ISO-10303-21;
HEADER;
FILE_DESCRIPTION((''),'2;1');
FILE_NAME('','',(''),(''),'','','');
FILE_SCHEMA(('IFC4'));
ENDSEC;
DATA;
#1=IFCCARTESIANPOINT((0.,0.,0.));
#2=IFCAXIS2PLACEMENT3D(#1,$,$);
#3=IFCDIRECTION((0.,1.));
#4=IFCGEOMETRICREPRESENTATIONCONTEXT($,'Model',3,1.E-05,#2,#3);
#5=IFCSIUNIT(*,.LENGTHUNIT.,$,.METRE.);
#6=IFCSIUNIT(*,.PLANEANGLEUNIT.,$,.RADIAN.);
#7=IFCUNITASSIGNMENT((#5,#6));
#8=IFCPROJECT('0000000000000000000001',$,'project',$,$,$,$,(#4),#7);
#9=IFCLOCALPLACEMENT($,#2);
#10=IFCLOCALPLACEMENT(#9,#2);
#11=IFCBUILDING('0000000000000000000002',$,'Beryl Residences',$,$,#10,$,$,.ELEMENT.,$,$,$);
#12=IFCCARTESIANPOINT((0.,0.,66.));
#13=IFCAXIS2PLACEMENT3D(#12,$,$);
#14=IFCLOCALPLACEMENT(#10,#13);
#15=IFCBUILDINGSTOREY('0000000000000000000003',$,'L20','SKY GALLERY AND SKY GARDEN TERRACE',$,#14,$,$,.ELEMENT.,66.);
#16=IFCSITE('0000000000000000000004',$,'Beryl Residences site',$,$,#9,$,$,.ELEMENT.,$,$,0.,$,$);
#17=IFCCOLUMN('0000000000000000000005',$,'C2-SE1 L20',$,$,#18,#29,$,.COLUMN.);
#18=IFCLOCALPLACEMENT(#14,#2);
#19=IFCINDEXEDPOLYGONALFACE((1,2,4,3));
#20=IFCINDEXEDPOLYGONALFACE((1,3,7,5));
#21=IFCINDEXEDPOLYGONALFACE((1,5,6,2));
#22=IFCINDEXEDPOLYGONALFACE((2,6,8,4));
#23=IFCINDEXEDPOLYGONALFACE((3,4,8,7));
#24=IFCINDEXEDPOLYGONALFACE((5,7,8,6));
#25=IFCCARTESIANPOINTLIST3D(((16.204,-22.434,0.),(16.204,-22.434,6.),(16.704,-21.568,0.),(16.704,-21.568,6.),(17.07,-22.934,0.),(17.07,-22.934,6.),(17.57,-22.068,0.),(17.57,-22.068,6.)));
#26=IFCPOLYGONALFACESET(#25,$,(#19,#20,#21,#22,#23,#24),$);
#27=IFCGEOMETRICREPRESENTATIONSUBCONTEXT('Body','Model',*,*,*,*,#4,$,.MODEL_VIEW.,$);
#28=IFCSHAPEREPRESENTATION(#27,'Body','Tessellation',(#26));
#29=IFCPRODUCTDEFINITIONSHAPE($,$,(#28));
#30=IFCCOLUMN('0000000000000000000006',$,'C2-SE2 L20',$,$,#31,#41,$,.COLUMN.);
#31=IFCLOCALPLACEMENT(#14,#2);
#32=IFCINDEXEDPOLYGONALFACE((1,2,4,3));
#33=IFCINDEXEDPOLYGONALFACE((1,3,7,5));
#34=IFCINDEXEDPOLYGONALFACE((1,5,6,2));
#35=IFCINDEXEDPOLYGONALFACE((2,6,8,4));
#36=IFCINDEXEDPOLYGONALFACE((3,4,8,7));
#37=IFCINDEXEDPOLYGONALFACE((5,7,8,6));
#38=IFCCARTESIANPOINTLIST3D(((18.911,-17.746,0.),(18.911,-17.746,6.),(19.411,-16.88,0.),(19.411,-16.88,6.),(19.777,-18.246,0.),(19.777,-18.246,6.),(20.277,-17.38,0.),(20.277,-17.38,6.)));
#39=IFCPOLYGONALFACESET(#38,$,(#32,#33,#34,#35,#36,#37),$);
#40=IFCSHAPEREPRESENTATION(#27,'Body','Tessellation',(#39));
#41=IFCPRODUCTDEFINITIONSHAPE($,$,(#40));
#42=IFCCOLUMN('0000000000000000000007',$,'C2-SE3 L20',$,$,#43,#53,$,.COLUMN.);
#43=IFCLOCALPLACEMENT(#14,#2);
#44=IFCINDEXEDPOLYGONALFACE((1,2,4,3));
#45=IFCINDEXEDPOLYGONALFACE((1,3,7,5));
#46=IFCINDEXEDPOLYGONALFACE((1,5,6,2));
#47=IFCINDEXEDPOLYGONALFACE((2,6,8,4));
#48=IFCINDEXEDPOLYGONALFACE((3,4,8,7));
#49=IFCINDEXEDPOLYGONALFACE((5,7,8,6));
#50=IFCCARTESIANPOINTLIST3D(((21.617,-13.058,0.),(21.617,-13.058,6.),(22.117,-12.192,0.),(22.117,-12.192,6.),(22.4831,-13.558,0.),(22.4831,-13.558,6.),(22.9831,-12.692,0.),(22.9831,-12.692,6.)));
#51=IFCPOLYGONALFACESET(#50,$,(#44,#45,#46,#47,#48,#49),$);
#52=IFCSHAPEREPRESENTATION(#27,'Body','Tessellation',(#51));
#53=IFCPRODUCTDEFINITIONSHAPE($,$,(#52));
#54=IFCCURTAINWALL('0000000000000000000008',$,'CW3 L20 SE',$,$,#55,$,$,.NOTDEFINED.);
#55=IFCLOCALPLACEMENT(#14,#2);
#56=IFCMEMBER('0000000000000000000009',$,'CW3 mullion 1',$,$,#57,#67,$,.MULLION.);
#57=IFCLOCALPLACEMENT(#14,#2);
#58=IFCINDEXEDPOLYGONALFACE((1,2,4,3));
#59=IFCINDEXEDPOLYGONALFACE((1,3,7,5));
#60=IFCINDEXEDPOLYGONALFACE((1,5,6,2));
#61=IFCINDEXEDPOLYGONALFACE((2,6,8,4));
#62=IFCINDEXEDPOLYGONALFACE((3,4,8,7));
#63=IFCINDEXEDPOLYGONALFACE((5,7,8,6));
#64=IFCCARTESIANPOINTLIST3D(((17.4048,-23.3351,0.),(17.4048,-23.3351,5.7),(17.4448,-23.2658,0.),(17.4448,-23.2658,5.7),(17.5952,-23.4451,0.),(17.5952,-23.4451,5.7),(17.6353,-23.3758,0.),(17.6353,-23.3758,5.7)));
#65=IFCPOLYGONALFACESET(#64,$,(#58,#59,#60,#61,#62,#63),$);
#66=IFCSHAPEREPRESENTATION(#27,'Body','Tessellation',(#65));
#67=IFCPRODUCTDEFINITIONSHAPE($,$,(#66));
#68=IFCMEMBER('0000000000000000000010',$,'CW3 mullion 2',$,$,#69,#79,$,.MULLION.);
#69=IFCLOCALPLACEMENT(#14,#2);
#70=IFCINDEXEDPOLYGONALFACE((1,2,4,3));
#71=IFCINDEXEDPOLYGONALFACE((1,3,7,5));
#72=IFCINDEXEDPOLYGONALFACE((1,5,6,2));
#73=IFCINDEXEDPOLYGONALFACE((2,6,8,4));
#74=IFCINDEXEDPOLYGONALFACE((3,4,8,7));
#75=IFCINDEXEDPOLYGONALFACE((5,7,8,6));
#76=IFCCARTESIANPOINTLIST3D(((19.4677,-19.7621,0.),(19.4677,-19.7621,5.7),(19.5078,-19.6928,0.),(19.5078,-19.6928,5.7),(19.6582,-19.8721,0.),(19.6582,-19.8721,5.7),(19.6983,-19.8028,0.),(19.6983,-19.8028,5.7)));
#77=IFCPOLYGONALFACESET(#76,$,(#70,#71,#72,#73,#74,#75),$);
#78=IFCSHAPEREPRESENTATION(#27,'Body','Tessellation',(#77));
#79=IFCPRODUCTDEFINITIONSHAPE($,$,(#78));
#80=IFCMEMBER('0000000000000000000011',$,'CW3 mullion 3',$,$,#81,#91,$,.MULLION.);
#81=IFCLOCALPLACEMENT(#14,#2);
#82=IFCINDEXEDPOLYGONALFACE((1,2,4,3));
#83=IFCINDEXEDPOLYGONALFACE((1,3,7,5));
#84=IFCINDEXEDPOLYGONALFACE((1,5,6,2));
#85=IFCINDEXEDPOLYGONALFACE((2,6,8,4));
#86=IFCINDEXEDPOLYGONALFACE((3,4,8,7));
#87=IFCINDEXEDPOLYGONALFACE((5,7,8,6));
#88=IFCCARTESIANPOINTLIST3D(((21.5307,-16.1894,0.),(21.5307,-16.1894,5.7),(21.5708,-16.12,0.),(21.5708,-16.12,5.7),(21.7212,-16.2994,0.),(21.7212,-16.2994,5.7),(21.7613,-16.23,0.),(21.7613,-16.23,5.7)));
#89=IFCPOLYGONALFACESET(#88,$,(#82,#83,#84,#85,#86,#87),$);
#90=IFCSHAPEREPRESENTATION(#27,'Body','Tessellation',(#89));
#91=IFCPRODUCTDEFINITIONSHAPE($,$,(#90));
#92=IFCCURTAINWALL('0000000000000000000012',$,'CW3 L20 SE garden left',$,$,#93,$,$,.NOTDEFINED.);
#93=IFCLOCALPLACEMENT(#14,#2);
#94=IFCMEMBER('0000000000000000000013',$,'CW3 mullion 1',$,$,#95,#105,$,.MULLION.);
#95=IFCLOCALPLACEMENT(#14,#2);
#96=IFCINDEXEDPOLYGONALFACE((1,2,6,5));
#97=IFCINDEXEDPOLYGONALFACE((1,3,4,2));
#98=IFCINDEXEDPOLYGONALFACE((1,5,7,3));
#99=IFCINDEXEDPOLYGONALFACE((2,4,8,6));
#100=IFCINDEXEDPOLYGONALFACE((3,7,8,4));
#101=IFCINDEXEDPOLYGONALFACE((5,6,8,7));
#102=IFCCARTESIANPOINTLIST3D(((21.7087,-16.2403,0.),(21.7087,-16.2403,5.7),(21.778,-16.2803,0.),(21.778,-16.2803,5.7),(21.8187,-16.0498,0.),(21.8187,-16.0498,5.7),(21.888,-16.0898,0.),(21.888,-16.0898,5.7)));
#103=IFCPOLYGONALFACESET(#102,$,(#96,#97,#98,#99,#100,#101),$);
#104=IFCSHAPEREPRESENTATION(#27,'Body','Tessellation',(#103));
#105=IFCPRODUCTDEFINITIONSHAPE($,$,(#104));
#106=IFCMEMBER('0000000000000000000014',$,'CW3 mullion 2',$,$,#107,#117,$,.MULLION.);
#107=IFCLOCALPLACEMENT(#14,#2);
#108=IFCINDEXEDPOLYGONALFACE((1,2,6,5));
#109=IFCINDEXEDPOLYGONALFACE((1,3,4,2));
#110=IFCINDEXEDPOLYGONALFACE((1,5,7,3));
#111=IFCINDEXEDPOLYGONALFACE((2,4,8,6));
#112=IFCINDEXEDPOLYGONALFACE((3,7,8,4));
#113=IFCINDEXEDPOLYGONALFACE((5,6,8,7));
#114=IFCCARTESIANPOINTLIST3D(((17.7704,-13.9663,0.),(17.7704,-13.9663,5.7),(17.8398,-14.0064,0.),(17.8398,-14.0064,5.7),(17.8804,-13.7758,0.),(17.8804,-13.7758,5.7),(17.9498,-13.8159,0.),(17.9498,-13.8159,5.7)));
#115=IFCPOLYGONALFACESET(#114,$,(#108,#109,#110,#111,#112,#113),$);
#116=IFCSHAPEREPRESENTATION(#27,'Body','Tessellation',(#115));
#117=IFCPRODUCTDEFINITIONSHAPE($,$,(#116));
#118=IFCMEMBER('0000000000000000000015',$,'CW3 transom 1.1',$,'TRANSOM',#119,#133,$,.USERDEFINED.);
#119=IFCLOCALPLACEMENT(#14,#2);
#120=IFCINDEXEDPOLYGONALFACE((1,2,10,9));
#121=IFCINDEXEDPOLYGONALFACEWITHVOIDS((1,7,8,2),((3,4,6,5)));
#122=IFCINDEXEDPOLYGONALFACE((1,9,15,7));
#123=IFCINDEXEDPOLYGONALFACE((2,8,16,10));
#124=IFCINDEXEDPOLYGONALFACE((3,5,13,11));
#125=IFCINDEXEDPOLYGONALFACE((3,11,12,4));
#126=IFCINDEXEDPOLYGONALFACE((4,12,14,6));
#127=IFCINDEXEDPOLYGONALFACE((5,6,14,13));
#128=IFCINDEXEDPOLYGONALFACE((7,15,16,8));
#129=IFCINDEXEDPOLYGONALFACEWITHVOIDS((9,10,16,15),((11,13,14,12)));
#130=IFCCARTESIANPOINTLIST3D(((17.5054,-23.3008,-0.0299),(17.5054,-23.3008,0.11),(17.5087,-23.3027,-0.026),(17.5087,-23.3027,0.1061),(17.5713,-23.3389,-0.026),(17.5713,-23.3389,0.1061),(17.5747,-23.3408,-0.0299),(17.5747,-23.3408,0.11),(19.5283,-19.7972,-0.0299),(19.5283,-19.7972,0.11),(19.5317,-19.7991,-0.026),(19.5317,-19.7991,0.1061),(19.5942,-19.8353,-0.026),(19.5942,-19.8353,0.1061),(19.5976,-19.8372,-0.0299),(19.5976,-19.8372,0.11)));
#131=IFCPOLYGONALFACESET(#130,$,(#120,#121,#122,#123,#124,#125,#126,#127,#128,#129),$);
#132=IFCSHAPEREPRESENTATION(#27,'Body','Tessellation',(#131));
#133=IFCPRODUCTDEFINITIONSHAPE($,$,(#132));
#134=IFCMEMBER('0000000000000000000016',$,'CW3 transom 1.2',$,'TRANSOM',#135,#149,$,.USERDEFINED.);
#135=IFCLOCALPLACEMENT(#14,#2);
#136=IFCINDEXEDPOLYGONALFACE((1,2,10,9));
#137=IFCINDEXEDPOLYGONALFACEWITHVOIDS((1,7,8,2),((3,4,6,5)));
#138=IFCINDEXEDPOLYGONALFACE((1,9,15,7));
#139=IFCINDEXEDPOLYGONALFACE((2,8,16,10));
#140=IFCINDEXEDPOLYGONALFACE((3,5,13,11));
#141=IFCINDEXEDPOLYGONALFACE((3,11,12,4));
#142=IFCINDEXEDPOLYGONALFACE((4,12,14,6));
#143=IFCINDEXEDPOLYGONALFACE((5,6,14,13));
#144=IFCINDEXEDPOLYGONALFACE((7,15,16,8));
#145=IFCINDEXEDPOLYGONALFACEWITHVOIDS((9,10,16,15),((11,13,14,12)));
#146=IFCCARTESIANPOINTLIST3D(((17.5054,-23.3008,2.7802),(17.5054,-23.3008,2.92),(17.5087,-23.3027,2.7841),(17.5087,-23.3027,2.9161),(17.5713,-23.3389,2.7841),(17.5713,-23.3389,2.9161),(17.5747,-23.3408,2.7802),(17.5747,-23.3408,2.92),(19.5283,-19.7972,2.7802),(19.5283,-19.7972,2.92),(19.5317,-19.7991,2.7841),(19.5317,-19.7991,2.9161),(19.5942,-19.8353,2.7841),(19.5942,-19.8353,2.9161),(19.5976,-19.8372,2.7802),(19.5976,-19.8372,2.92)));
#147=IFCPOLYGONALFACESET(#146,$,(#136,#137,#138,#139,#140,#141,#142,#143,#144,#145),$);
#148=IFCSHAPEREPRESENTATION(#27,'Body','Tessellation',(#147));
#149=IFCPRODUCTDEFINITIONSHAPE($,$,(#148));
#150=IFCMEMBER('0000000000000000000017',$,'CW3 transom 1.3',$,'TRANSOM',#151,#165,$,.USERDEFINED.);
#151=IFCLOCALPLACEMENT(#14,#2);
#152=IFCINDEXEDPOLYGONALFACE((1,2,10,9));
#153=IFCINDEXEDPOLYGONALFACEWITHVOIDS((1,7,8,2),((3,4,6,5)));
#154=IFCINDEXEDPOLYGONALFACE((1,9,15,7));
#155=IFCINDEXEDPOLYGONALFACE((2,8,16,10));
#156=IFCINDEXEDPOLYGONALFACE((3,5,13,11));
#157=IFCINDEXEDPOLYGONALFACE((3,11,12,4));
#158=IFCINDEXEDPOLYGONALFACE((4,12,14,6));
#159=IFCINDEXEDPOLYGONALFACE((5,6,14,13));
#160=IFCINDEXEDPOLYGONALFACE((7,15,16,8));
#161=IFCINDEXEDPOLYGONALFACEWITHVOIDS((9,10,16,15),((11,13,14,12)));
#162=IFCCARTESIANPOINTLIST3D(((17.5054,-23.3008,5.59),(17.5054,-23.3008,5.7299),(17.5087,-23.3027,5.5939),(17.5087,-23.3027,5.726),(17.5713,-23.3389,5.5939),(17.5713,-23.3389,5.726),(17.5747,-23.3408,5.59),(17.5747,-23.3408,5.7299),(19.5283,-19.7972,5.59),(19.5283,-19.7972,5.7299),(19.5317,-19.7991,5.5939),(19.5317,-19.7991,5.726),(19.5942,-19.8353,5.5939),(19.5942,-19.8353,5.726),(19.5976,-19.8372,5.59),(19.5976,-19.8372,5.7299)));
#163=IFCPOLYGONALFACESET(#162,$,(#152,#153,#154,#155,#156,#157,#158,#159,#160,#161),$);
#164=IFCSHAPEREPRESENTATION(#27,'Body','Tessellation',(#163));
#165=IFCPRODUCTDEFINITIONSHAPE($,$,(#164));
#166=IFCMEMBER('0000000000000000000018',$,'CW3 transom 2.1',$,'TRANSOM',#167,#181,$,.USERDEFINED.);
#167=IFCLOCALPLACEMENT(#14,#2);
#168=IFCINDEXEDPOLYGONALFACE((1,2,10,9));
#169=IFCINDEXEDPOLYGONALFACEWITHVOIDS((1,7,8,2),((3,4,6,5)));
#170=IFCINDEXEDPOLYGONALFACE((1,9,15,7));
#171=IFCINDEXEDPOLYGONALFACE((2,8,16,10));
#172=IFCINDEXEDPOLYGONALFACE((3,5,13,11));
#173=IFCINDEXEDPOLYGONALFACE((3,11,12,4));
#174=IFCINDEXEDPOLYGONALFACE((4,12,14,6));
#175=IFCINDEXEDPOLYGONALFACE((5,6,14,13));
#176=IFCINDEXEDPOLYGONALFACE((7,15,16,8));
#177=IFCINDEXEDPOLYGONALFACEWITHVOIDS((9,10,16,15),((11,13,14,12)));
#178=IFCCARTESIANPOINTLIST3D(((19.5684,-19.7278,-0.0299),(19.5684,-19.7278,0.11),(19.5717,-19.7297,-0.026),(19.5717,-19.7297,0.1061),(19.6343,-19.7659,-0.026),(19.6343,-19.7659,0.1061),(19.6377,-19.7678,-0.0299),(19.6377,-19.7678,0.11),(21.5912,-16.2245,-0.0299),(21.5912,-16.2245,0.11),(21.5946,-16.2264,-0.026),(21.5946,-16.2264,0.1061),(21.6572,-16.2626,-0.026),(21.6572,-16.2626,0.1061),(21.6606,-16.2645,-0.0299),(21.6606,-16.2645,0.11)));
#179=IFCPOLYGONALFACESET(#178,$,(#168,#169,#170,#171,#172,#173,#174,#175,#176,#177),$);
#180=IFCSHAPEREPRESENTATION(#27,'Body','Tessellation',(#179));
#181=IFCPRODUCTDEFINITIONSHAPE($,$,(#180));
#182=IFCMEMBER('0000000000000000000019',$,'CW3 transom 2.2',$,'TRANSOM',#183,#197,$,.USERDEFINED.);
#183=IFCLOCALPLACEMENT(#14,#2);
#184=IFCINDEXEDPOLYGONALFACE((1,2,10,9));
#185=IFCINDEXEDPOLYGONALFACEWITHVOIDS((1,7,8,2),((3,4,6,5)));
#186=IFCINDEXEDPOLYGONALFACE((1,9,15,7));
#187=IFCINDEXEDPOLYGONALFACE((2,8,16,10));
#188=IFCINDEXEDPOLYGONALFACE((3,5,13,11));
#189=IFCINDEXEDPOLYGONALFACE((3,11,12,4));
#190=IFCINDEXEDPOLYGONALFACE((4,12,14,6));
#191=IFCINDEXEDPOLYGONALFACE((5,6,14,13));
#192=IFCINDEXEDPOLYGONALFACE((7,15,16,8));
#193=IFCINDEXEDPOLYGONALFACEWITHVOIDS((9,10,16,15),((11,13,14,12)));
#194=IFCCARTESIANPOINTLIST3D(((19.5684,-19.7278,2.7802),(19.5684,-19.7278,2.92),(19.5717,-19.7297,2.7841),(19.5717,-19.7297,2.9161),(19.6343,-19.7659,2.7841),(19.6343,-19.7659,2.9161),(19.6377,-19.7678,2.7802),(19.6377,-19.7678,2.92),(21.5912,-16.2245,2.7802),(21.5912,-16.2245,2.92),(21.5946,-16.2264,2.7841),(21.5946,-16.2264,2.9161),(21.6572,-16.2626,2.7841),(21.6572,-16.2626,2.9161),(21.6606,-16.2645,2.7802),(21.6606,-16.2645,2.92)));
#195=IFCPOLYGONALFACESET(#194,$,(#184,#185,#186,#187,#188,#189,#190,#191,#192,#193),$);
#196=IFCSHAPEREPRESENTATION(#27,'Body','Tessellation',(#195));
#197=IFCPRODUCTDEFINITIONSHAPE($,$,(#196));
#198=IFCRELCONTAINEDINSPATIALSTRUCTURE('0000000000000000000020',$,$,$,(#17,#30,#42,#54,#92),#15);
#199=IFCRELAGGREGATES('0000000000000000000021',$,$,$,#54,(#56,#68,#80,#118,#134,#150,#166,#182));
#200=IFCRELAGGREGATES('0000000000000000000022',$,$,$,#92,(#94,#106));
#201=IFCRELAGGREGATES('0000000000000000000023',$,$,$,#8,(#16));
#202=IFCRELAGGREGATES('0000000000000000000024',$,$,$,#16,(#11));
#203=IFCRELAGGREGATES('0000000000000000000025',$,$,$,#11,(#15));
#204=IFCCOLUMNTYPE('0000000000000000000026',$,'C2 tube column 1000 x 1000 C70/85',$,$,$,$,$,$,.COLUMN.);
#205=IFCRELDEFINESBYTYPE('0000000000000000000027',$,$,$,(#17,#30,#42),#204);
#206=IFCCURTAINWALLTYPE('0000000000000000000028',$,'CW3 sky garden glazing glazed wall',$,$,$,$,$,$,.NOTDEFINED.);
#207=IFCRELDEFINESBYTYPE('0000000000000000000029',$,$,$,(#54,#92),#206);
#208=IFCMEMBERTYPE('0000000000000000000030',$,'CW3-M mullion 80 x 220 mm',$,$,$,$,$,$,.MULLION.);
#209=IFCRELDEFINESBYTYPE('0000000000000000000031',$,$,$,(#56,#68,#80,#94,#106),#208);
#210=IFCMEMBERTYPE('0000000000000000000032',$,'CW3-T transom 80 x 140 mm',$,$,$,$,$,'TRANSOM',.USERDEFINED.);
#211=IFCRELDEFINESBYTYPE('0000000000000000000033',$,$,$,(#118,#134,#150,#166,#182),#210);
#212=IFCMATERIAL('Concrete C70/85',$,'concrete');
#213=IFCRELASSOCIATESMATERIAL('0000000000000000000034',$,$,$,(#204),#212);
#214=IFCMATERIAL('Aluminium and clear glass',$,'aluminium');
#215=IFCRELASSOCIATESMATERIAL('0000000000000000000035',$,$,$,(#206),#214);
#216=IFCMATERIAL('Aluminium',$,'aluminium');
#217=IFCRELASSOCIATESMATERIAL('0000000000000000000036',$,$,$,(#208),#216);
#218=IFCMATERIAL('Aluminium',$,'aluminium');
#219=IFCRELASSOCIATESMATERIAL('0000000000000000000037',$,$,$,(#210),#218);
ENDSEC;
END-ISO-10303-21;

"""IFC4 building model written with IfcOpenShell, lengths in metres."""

from ifc_helpers import new_model, si_unit, direction, frame, origin, origin_2d, place, context, subcontext, project, spatial, rectangle, hollow_rectangle, extrude, material, material_profile, profile_set, type_object, element, aggregate, save


model = new_model("IFC4")

# Units and contexts
model_context = context("Model", 3, precision=1e-05, world=origin(), true_north=direction((0.0, 1.0)))
body_context = subcontext(model_context, "Body", "Model", "MODEL_VIEW")
ifc_project = project(units=[si_unit("LENGTHUNIT", "METRE"), si_unit("PLANEANGLEUNIT", "RADIAN")], contexts=[model_context])

# Site, building, storey
site_placement = place(None, origin())
site = spatial("IfcSite", under=ifc_project, at=site_placement, Name="Beryl Residences site", CompositionType="ELEMENT", RefElevation=0.0)
building_placement = place(site_placement, origin())
building = spatial("IfcBuilding", under=site, at=building_placement, Name="Beryl Residences", CompositionType="ELEMENT")
storey_placement = place(building_placement, frame((0.0, 0.0, 66.0)))
storey = spatial("IfcBuildingStorey", under=building, at=storey_placement, Name="L20", Description="SKY GALLERY AND SKY GARDEN TERRACE", CompositionType="ELEMENT", Elevation=66.0)

# Columns
ifc_material_1 = material(Name="Concrete C70/85", Category="concrete")
ifc_material_profile_1 = material_profile(ifc_material_1, rectangle(XDim=1.0, YDim=1.0, at=origin_2d()))
ifc_profile_set_1 = profile_set([ifc_material_profile_1], Name="Concrete C70/85")
column_type = type_object("IfcColumnType", Name="C2 tube column 1000 x 1000 C70/85", PredefinedType="COLUMN", material=ifc_profile_set_1)
for number, where, z_axis, x_axis, name in (
    (1, (16.887, -22.251, 0.0), (0.0, 0.0, 1.0), (0.5, 0.866025, 0.0), "C2-SE1 L20"),
    (2, (19.594, -17.563, 0.0), (0.0, 0.0, 1.0), (0.5, 0.866025, 0.0), "C2-SE2 L20"),
    (3, (22.3, -12.875, 0.0), (0.0, 0.0, 1.0), (0.5, 0.866025, 0.0), "C2-SE3 L20"),
):
    element("IfcColumn", number, at=place(storey_placement, frame(where, z_axis=z_axis, x_axis=x_axis)), inside=storey, type_object=column_type, Name=name, PredefinedType="COLUMN", context=body_context, shape_type="SweptSolid", body=[
        extrude(rectangle(XDim=1.0, YDim=1.0, at=origin_2d()), origin(), (0.0, 0.0, 1.0), 6.0),
    ])

# Curtain walls, members
ifc_material_2 = material(Name="Aluminium and clear glass", Category="aluminium")
curtain_wall_type = type_object("IfcCurtainWallType", Name="CW3 sky garden glazing glazed wall", PredefinedType="NOTDEFINED", material=ifc_material_2)
curtain_wall_1_placement = place(storey_placement, origin())
curtain_wall_1 = element("IfcCurtainWall", 4, at=curtain_wall_1_placement, inside=storey, type_object=curtain_wall_type, Name="CW3 L20 SE", PredefinedType="NOTDEFINED")
ifc_material_3 = material(Name="Aluminium", Category="aluminium")
ifc_material_profile_2 = material_profile(ifc_material_3, rectangle(XDim=0.0801, YDim=0.22, at=origin_2d()))
ifc_profile_set_2 = profile_set([ifc_material_profile_2], Name="Aluminium")
member_type_1 = type_object("IfcMemberType", Name="CW3-M mullion 80 x 220 mm", PredefinedType="MULLION", material=ifc_profile_set_2)
member_1_placement = place(storey_placement, frame((17.52, -23.3555, 0.0), z_axis=(0.0, 0.0, 1.0), x_axis=(0.500038, 0.866004, 0.0)))
member_1 = element("IfcMember", 5, at=member_1_placement, type_object=member_type_1, Name="CW3 mullion 1", PredefinedType="MULLION", context=body_context, shape_type="SweptSolid", body=[
    extrude(rectangle(XDim=0.0801, YDim=0.22, at=origin_2d()), origin(), (0.0, 0.0, 1.0), 5.7),
])
member_2_placement = place(storey_placement, frame((19.583, -19.7825, 0.0), z_axis=(0.0, 0.0, 1.0), x_axis=(0.500038, 0.866004, 0.0)))
member_2 = element("IfcMember", 6, at=member_2_placement, type_object=member_type_1, Name="CW3 mullion 2", PredefinedType="MULLION", context=body_context, shape_type="SweptSolid", body=[
    extrude(rectangle(XDim=0.0801, YDim=0.22, at=origin_2d()), origin(), (0.0, 0.0, 1.0), 5.7),
])
member_3_placement = place(storey_placement, frame((21.646, -16.2097, 0.0), z_axis=(0.0, 0.0, 1.0), x_axis=(0.500038, 0.866004, 0.0)))
member_3 = element("IfcMember", 7, at=member_3_placement, type_object=member_type_1, Name="CW3 mullion 3", PredefinedType="MULLION", context=body_context, shape_type="SweptSolid", body=[
    extrude(rectangle(XDim=0.0801, YDim=0.22, at=origin_2d()), origin(), (0.0, 0.0, 1.0), 5.7),
])
curtain_wall_2_placement = place(storey_placement, origin())
curtain_wall_2 = element("IfcCurtainWall", 8, at=curtain_wall_2_placement, inside=storey, type_object=curtain_wall_type, Name="CW3 L20 SE garden left", PredefinedType="NOTDEFINED")
member_4_placement = place(storey_placement, frame((21.7983, -16.165, 0.0), z_axis=(0.0, 0.0, 1.0), x_axis=(-0.866008, 0.500031, 0.0)))
member_4 = element("IfcMember", 9, at=member_4_placement, type_object=member_type_1, Name="CW3 mullion 1", PredefinedType="MULLION", context=body_context, shape_type="SweptSolid", body=[
    extrude(rectangle(XDim=0.0801, YDim=0.22, at=origin_2d()), origin(), (0.0, 0.0, 1.0), 5.7),
])
member_5_placement = place(storey_placement, frame((17.8601, -13.8911, 0.0), z_axis=(0.0, 0.0, 1.0), x_axis=(-0.866008, 0.500031, 0.0)))
member_5 = element("IfcMember", 10, at=member_5_placement, type_object=member_type_1, Name="CW3 mullion 2", PredefinedType="MULLION", context=body_context, shape_type="SweptSolid", body=[
    extrude(rectangle(XDim=0.0801, YDim=0.22, at=origin_2d()), origin(), (0.0, 0.0, 1.0), 5.7),
])

# Members
ifc_material_4 = material(Name="Aluminium", Category="aluminium")
ifc_material_profile_3 = material_profile(ifc_material_4, hollow_rectangle(XDim=0.0801, YDim=0.1399, WallThickness=0.0039, at=origin_2d()))
ifc_profile_set_3 = profile_set([ifc_material_profile_3], Name="Aluminium")
member_type_2 = type_object("IfcMemberType", Name="CW3-T transom 80 x 140 mm", ElementType="TRANSOM", PredefinedType="USERDEFINED", material=ifc_profile_set_3)
member_6_placement = place(storey_placement, frame((17.54, -23.3208, 0.04), z_axis=(0.50002, 0.866014, 0.0), x_axis=(-0.866014, 0.50002, 0.0)))
member_6 = element("IfcMember", 11, at=member_6_placement, type_object=member_type_2, Name="CW3 transom 1.1", ObjectType="TRANSOM", PredefinedType="USERDEFINED", context=body_context, shape_type="SweptSolid", body=[
    extrude(hollow_rectangle(XDim=0.0801, YDim=0.1399, WallThickness=0.0039, at=origin_2d()), origin(), (0.0, 0.0, 1.0), 4.0457),
])
member_7_placement = place(storey_placement, frame((17.54, -23.3208, 2.8501), z_axis=(0.50002, 0.866014, 0.0), x_axis=(-0.866014, 0.50002, 0.0)))
member_7 = element("IfcMember", 12, at=member_7_placement, type_object=member_type_2, Name="CW3 transom 1.2", ObjectType="TRANSOM", PredefinedType="USERDEFINED", context=body_context, shape_type="SweptSolid", body=[
    extrude(hollow_rectangle(XDim=0.0801, YDim=0.1399, WallThickness=0.0039, at=origin_2d()), origin(), (0.0, 0.0, 1.0), 4.0457),
])
member_8_placement = place(storey_placement, frame((17.54, -23.3208, 5.6599), z_axis=(0.50002, 0.866014, 0.0), x_axis=(-0.866014, 0.50002, 0.0)))
member_8 = element("IfcMember", 13, at=member_8_placement, type_object=member_type_2, Name="CW3 transom 1.3", ObjectType="TRANSOM", PredefinedType="USERDEFINED", context=body_context, shape_type="SweptSolid", body=[
    extrude(hollow_rectangle(XDim=0.0801, YDim=0.1399, WallThickness=0.0039, at=origin_2d()), origin(), (0.0, 0.0, 1.0), 4.0457),
])
member_9_placement = place(storey_placement, frame((19.603, -19.7478, 0.04), z_axis=(0.500046, 0.865999, 0.0), x_axis=(-0.865999, 0.500046, 0.0)))
member_9 = element("IfcMember", 14, at=member_9_placement, type_object=member_type_2, Name="CW3 transom 2.1", ObjectType="TRANSOM", PredefinedType="USERDEFINED", context=body_context, shape_type="SweptSolid", body=[
    extrude(hollow_rectangle(XDim=0.0801, YDim=0.1399, WallThickness=0.0039, at=origin_2d()), origin(), (0.0, 0.0, 1.0), 4.0454),
])
member_10_placement = place(storey_placement, frame((19.603, -19.7478, 2.8501), z_axis=(0.500046, 0.865999, 0.0), x_axis=(-0.865999, 0.500046, 0.0)))
member_10 = element("IfcMember", 15, at=member_10_placement, type_object=member_type_2, Name="CW3 transom 2.2", ObjectType="TRANSOM", PredefinedType="USERDEFINED", context=body_context, shape_type="SweptSolid", body=[
    extrude(hollow_rectangle(XDim=0.0801, YDim=0.1399, WallThickness=0.0039, at=origin_2d()), origin(), (0.0, 0.0, 1.0), 4.0454),
])

aggregate(curtain_wall_1, [member_1, member_2, member_3, member_6, member_7, member_8, member_9, member_10])
aggregate(curtain_wall_2, [member_4, member_5])

save(model, "model.ifc")
